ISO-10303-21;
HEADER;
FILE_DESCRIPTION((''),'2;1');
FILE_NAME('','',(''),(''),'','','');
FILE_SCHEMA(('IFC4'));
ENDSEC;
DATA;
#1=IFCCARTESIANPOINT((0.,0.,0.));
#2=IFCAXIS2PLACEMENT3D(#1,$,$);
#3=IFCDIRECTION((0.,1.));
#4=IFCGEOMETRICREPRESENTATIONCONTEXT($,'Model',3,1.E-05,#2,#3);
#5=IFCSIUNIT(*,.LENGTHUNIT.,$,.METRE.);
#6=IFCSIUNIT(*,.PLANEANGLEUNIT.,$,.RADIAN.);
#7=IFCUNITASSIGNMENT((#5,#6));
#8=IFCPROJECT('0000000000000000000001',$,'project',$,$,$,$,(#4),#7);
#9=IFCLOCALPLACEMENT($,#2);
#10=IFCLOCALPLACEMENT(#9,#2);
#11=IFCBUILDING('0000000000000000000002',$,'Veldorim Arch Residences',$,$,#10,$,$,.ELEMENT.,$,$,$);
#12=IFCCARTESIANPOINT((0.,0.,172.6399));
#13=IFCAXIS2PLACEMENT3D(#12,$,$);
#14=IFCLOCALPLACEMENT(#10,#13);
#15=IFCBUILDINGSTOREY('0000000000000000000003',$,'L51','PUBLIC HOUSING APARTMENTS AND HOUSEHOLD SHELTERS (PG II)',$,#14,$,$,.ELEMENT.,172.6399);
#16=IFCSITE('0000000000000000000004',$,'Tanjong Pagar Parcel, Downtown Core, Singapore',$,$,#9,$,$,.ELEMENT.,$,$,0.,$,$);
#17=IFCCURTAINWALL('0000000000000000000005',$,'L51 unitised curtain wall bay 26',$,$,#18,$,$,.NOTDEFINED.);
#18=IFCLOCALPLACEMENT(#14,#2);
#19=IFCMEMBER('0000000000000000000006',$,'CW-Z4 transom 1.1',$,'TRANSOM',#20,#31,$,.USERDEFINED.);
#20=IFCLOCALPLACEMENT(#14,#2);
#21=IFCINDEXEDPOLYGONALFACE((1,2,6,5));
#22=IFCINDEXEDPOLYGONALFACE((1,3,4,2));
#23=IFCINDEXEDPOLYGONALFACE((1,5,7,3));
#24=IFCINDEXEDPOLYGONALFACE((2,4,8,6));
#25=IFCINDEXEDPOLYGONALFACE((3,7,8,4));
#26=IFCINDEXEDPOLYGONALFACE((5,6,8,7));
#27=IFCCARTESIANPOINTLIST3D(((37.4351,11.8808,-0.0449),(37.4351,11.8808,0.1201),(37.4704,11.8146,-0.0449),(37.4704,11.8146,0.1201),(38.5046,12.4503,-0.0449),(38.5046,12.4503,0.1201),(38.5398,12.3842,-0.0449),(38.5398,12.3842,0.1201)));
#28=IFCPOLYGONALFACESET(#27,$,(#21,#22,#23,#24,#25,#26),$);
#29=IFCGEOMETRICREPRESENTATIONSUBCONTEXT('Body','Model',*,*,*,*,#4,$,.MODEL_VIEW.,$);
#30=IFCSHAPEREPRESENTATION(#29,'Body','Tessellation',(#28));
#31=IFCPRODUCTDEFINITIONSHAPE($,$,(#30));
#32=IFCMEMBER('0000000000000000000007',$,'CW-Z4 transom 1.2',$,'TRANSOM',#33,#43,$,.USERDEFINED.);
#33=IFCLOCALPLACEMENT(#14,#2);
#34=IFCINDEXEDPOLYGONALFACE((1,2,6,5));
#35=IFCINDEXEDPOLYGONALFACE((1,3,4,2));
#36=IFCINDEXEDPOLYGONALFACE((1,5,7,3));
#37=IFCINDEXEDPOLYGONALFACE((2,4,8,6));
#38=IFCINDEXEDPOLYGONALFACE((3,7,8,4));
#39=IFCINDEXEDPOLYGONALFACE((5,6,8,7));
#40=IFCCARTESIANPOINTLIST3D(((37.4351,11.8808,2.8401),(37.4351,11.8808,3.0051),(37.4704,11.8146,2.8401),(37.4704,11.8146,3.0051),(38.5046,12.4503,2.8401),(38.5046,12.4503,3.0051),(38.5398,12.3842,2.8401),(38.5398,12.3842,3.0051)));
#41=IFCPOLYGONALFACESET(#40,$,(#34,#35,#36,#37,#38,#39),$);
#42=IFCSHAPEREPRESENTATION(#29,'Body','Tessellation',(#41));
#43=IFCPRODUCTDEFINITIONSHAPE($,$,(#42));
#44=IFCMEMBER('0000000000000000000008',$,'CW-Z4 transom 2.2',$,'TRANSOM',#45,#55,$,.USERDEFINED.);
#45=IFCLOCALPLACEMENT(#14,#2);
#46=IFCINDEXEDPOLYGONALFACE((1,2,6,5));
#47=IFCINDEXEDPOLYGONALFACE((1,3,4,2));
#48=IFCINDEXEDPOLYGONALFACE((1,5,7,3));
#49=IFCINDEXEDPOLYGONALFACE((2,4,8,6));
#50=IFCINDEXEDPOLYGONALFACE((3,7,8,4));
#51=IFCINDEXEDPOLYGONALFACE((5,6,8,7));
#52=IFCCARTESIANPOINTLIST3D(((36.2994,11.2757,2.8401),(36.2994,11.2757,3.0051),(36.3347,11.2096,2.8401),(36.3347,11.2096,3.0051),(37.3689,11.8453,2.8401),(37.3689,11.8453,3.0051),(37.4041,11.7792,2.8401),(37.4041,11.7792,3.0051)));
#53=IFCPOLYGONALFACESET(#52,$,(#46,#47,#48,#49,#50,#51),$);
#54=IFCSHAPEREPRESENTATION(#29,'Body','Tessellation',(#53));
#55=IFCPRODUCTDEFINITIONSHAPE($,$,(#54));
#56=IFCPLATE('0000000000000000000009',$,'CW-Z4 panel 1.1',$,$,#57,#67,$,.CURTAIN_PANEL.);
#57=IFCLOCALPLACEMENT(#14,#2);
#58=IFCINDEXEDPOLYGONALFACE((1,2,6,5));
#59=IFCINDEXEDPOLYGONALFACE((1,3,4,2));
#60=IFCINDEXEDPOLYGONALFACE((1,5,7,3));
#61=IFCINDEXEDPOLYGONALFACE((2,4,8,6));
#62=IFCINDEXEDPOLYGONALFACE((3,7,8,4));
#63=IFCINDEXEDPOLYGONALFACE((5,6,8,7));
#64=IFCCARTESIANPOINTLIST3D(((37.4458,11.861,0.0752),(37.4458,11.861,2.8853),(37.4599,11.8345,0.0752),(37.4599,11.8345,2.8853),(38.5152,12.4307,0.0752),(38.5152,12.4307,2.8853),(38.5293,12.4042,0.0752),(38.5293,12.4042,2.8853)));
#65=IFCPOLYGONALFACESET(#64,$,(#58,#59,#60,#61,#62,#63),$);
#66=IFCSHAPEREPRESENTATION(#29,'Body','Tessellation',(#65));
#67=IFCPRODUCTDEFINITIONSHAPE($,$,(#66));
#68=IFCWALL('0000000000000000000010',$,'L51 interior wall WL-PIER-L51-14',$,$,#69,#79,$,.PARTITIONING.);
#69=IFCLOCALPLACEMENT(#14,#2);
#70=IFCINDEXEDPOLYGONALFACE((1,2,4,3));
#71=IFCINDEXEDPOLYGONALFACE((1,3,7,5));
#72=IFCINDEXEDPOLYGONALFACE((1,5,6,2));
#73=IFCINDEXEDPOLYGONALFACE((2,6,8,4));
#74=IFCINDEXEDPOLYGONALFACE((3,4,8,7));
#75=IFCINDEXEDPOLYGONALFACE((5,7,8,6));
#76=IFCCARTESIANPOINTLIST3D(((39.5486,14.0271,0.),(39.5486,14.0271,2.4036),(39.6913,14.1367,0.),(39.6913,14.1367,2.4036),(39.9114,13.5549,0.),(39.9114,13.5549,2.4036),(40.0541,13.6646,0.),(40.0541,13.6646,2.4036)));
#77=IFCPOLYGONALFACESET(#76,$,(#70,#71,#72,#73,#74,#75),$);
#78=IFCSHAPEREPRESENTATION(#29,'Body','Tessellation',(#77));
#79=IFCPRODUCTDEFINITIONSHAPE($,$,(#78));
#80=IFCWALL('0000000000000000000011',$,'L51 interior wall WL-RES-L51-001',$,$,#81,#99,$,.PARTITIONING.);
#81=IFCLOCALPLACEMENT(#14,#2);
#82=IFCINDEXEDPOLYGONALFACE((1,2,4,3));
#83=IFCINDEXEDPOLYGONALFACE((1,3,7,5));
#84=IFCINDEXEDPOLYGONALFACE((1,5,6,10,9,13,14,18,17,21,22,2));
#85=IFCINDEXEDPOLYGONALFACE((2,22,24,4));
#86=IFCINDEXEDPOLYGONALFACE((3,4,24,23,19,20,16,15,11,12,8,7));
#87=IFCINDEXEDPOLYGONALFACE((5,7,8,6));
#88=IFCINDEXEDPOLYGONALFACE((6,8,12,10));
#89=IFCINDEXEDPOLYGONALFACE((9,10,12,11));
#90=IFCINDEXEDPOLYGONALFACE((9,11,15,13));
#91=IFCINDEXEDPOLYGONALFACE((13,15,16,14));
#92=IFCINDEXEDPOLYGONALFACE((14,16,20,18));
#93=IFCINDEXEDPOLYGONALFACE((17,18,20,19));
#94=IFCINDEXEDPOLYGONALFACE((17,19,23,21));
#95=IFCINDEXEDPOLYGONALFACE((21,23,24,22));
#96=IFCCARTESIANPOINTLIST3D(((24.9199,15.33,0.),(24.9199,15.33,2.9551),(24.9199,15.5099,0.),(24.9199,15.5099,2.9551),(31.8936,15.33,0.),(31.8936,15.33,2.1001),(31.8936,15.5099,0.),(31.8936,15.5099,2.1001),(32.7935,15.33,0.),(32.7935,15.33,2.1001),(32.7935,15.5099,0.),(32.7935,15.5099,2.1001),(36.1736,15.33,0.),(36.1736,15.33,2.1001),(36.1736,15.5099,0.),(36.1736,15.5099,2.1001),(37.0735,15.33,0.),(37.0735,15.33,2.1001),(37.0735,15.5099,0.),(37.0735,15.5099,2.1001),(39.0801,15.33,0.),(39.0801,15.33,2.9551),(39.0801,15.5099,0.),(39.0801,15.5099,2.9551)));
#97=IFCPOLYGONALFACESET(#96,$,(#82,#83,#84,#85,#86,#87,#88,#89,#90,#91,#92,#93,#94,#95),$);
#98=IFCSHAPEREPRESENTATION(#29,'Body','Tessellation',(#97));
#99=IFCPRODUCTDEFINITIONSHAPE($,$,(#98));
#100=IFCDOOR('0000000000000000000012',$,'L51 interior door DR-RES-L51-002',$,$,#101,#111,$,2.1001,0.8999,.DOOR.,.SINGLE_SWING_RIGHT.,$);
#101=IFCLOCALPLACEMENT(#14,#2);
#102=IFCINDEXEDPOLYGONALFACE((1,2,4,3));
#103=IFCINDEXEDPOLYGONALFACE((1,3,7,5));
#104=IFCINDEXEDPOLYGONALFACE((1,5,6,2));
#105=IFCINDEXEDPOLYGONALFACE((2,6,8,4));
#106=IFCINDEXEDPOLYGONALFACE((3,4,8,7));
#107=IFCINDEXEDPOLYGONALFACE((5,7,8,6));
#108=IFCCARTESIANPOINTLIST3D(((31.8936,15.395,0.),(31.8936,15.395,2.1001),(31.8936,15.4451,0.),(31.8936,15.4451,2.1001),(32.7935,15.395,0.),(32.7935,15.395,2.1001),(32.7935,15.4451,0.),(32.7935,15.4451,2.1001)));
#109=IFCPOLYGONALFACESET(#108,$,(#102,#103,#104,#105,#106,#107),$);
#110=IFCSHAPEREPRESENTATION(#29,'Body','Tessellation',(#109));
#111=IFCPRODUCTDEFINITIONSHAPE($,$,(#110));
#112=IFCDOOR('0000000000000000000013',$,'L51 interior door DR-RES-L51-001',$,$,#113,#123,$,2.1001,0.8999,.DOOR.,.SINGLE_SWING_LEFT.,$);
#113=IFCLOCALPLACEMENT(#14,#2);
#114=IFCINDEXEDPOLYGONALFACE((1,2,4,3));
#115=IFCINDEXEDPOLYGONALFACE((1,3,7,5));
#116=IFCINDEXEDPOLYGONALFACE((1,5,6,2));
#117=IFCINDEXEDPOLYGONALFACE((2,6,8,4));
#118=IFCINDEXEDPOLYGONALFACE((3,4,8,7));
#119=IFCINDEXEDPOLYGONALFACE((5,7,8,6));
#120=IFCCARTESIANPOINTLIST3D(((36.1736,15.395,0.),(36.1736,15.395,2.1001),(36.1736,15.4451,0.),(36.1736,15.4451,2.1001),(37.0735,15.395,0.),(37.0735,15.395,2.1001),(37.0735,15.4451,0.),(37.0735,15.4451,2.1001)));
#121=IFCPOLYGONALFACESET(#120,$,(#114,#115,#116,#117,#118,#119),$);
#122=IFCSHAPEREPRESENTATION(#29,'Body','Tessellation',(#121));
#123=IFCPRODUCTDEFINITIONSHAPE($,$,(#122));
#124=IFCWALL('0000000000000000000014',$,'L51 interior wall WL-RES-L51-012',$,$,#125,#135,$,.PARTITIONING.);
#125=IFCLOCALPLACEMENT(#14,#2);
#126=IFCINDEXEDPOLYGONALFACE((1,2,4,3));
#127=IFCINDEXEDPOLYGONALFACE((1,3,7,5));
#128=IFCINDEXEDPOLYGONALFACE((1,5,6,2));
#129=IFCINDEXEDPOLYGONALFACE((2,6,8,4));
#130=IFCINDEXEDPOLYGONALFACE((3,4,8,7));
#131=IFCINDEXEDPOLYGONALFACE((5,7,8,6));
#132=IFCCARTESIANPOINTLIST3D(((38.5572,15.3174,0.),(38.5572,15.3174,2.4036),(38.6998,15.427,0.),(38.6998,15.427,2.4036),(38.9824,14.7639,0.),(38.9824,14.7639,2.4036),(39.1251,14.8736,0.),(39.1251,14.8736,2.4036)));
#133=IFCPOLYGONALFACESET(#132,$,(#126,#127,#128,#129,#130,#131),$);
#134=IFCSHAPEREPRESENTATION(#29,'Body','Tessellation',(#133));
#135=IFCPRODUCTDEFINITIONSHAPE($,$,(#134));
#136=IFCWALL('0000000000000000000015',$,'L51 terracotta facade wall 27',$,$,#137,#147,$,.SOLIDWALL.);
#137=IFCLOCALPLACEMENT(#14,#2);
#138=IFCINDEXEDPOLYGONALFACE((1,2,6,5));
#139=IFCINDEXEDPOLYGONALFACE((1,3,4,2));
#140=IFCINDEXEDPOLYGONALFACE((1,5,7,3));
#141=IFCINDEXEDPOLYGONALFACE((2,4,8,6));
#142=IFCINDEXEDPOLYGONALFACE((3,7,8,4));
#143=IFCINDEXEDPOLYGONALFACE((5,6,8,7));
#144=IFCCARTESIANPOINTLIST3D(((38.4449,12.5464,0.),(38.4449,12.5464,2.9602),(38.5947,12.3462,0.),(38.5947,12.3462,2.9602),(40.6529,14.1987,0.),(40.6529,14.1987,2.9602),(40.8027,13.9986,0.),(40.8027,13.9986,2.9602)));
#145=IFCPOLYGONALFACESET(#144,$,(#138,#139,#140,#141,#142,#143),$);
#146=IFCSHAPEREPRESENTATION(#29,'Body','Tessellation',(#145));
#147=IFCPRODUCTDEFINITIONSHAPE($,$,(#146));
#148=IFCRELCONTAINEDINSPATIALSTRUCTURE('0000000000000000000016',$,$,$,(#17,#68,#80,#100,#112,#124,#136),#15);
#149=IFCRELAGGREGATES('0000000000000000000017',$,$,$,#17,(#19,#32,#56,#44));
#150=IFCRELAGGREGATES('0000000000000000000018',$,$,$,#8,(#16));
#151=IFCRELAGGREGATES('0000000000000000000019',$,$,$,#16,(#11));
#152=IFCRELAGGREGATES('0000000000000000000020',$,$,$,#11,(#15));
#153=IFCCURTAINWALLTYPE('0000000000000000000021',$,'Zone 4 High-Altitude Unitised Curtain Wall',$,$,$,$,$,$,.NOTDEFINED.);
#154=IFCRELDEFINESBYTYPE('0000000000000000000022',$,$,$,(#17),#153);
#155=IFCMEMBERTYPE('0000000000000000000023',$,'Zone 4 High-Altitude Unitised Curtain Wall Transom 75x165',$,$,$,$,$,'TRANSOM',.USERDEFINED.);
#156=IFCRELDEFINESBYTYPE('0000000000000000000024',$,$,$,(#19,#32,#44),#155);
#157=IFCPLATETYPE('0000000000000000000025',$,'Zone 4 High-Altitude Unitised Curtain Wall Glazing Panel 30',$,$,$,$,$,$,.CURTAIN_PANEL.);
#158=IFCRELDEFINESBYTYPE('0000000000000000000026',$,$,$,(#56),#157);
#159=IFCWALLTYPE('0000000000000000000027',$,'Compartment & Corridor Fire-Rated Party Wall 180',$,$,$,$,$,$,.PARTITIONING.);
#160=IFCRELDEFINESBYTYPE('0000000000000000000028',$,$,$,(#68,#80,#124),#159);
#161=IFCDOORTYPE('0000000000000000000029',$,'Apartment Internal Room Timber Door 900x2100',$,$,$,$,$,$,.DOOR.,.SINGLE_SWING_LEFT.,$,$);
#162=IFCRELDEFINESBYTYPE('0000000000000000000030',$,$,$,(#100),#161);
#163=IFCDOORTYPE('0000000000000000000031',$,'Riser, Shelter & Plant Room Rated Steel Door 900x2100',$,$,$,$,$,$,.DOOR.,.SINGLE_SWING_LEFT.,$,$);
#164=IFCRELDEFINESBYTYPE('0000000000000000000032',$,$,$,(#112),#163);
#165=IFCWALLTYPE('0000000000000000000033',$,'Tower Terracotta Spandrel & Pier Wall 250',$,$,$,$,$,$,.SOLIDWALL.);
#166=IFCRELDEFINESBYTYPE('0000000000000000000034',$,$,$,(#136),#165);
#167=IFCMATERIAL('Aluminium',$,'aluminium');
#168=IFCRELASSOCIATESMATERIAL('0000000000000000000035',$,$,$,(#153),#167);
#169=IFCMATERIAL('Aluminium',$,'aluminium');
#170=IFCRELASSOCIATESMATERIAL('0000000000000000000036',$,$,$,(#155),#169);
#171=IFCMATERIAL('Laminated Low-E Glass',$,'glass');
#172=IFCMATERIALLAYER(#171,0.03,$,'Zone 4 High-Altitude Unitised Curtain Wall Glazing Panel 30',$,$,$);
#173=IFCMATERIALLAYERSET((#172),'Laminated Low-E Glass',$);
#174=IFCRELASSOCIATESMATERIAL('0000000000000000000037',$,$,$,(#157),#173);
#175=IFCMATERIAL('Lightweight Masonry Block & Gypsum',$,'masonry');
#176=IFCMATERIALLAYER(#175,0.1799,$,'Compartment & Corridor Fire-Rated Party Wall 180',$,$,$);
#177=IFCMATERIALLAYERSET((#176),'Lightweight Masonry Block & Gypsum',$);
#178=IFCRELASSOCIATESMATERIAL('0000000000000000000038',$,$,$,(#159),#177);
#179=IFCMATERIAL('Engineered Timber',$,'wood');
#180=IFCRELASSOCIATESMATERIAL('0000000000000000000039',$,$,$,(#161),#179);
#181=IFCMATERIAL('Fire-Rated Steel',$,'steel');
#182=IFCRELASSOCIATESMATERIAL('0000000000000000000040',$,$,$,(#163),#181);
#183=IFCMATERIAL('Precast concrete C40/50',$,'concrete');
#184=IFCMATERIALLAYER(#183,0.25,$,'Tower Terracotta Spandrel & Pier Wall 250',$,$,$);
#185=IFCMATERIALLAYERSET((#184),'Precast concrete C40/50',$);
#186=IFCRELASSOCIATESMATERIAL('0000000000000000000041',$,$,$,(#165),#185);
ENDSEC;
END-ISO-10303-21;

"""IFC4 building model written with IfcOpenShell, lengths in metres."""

from ifc_helpers import new_model, si_unit, direction, frame, frame_2d, origin, origin_2d, place, context, subcontext, project, spatial, rectangle, extrude, material, layer, layer_set, material_profile, profile_set, type_object, element, fill, aggregate, save


model = new_model("IFC4")

# Units and contexts
model_context = context("Model", 3, precision=1e-05, world=origin(), true_north=direction((0.0, 1.0)))
body_context = subcontext(model_context, "Body", "Model", "MODEL_VIEW")
ifc_project = project(units=[si_unit("LENGTHUNIT", "METRE"), si_unit("PLANEANGLEUNIT", "RADIAN")], contexts=[model_context])

# Site, building, storey
site_placement = place(None, origin())
site = spatial("IfcSite", under=ifc_project, at=site_placement, Name="Tanjong Pagar Parcel, Downtown Core, Singapore", CompositionType="ELEMENT", RefElevation=0.0)
building_placement = place(site_placement, origin())
building = spatial("IfcBuilding", under=site, at=building_placement, Name="Veldorim Arch Residences", CompositionType="ELEMENT")
storey_placement = place(building_placement, frame((0.0, 0.0, 172.6399)))
storey = spatial("IfcBuildingStorey", under=building, at=storey_placement, Name="L51", Description="PUBLIC HOUSING APARTMENTS AND HOUSEHOLD SHELTERS (PG II)", CompositionType="ELEMENT", Elevation=172.6399)

# Curtain wall, members, plate
ifc_material_1 = material(Name="Aluminium", Category="aluminium")
curtain_wall_type = type_object("IfcCurtainWallType", Name="Zone 4 High-Altitude Unitised Curtain Wall", PredefinedType="NOTDEFINED", material=ifc_material_1)
curtain_wall_placement = place(storey_placement, origin())
curtain_wall = element("IfcCurtainWall", 1, at=curtain_wall_placement, inside=storey, type_object=curtain_wall_type, Name="L51 unitised curtain wall bay 26", PredefinedType="NOTDEFINED")
ifc_material_2 = material(Name="Aluminium", Category="aluminium")
ifc_material_profile_1 = material_profile(ifc_material_2, rectangle(XDim=0.075, YDim=0.165, at=origin_2d()), Name="ALU_TRN_75x165")
ifc_profile_set_1 = profile_set([ifc_material_profile_1], Name="Aluminium")
member_type_1 = type_object("IfcMemberType", Name="Zone 4 High-Altitude Unitised Curtain Wall Transom 75x165", ElementType="TRANSOM", PredefinedType="USERDEFINED", material=ifc_profile_set_1)
member_1_placement = place(storey_placement, frame((38.5222, 12.4172, 0.0376), z_axis=(-0.882648, -0.470034, 0.0), x_axis=(0.470034, -0.882648, 0.0)))
member_1 = element("IfcMember", 2, at=member_1_placement, type_object=member_type_1, Name="CW-Z4 transom 1.1", ObjectType="TRANSOM", PredefinedType="USERDEFINED", context=body_context, shape_type="SweptSolid", body=[
    extrude(rectangle(XDim=0.075, YDim=0.165, at=origin_2d()), origin(), (0.0, 0.0, 1.0), 1.2117),
])
member_2_placement = place(storey_placement, frame((38.5222, 12.4172, 2.9226), z_axis=(-0.882648, -0.470034, 0.0), x_axis=(0.470034, -0.882648, 0.0)))
member_2 = element("IfcMember", 3, at=member_2_placement, type_object=member_type_1, Name="CW-Z4 transom 1.2", ObjectType="TRANSOM", PredefinedType="USERDEFINED", context=body_context, shape_type="SweptSolid", body=[
    extrude(rectangle(XDim=0.075, YDim=0.165, at=origin_2d()), origin(), (0.0, 0.0, 1.0), 1.2117),
])
member_3_placement = place(storey_placement, frame((37.3865, 11.8123, 2.9226), z_axis=(-0.882604, -0.470118, 0.0), x_axis=(0.470118, -0.882604, 0.0)))
member_3 = element("IfcMember", 4, at=member_3_placement, type_object=member_type_1, Name="CW-Z4 transom 2.2", ObjectType="TRANSOM", PredefinedType="USERDEFINED", context=body_context, shape_type="SweptSolid", body=[
    extrude(rectangle(XDim=0.075, YDim=0.165, at=origin_2d()), origin(), (0.0, 0.0, 1.0), 1.2117),
])
ifc_material_3 = material(Name="Laminated Low-E Glass", Category="glass")
ifc_layer_1 = layer(ifc_material_3, 0.03, Name="Zone 4 High-Altitude Unitised Curtain Wall Glazing Panel 30")
ifc_layer_set_1 = layer_set([ifc_layer_1], Name="Laminated Low-E Glass")
plate_type = type_object("IfcPlateType", Name="Zone 4 High-Altitude Unitised Curtain Wall Glazing Panel 30", PredefinedType="CURTAIN_PANEL", material=ifc_layer_set_1)
plate_placement = place(storey_placement, frame((37.9875, 12.1326, 0.0752), z_axis=(0.0, 0.0, 1.0), x_axis=(-0.882567, -0.470186, 0.0)))
plate = element("IfcPlate", 5, at=plate_placement, type_object=plate_type, Name="CW-Z4 panel 1.1", PredefinedType="CURTAIN_PANEL", context=body_context, shape_type="SweptSolid", body=[
    extrude(rectangle(XDim=1.2117, YDim=0.03, at=origin_2d()), origin(), (0.0, 0.0, 1.0), 2.8101),
])
aggregate(curtain_wall, [member_1, member_2, plate, member_3])

# Wall
ifc_material_4 = material(Name="Lightweight Masonry Block & Gypsum", Category="masonry")
ifc_layer_2 = layer(ifc_material_4, 0.1799, Name="Compartment & Corridor Fire-Rated Party Wall 180")
ifc_layer_set_2 = layer_set([ifc_layer_2], Name="Lightweight Masonry Block & Gypsum")
wall_type_1 = type_object("IfcWallType", Name="Compartment & Corridor Fire-Rated Party Wall 180", PredefinedType="PARTITIONING", material=ifc_layer_set_2)
wall_1_placement = place(storey_placement, frame((39.6199, 14.082, 0.0), z_axis=(0.0, 0.0, 1.0), x_axis=(0.609275, -0.792959, 0.0)))
element("IfcWall", 6, at=wall_1_placement, inside=storey, type_object=wall_type_1, Name="L51 interior wall WL-PIER-L51-14", PredefinedType="PARTITIONING", context=body_context, shape_type="SweptSolid", body=[
    extrude(rectangle(XDim=0.5955, YDim=0.1799, at=frame_2d((0.2979, 0.0))), origin(), (0.0, 0.0, 1.0), 2.4036),
])

# Wall, openings, doors
wall_2_placement = place(storey_placement, frame((39.0801, 15.4199, 0.0), z_axis=(0.0, 0.0, 1.0), x_axis=(-1.0, 0.0, 0.0)))
wall_2 = element("IfcWall", 7, at=wall_2_placement, inside=storey, type_object=wall_type_1, Name="L51 interior wall WL-RES-L51-001", PredefinedType="PARTITIONING", context=body_context, shape_type="SweptSolid", body=[
    extrude(rectangle(XDim=14.1602, YDim=0.1799, at=frame_2d((7.0801, 0.0))), origin(), (0.0, 0.0, 1.0), 2.9551),
])
opening_1_placement = place(wall_2_placement, frame((2.0066, 0.0, 0.0)))
opening_1 = element("IfcOpeningElement", 8, at=opening_1_placement, cuts=wall_2, PredefinedType="OPENING", context=body_context, shape_type="SweptSolid", body=[
    extrude(rectangle(XDim=0.8999, YDim=2.1001, at=frame_2d((0.45, 1.05))), frame((0.0, 0.0999, 0.0), z_axis=(0.0, -1.0, 0.0), x_axis=(1.0, 0.0, 0.0)), (0.0, 0.0, 1.0), 0.2),
])
opening_2_placement = place(wall_2_placement, frame((6.2866, 0.0, 0.0)))
opening_2 = element("IfcOpeningElement", 9, at=opening_2_placement, cuts=wall_2, PredefinedType="OPENING", context=body_context, shape_type="SweptSolid", body=[
    extrude(rectangle(XDim=0.8999, YDim=2.1001, at=frame_2d((0.45, 1.05))), frame((0.0, 0.0999, 0.0), z_axis=(0.0, -1.0, 0.0), x_axis=(1.0, 0.0, 0.0)), (0.0, 0.0, 1.0), 0.2),
])
ifc_material_5 = material(Name="Engineered Timber", Category="wood")
door_type_1 = type_object("IfcDoorType", Name="Apartment Internal Room Timber Door 900x2100", OperationType="SINGLE_SWING_LEFT", PredefinedType="DOOR", material=ifc_material_5)
door_1_placement = place(opening_2_placement, origin())
door_1 = element("IfcDoor", 10, at=door_1_placement, inside=storey, type_object=door_type_1, Name="L51 interior door DR-RES-L51-002", OperationType="SINGLE_SWING_RIGHT", OverallHeight=2.1001, OverallWidth=0.8999, PredefinedType="DOOR", context=body_context, shape_type="SweptSolid", body=[
    extrude(rectangle(XDim=0.8999, YDim=2.1001, at=frame_2d((0.45, 1.05))), frame((0.0, 0.0249, 0.0), z_axis=(0.0, -1.0, 0.0), x_axis=(1.0, 0.0, 0.0)), (0.0, 0.0, 1.0), 0.05),
])
fill(opening_2, door_1)
ifc_material_6 = material(Name="Fire-Rated Steel", Category="steel")
door_type_2 = type_object("IfcDoorType", Name="Riser, Shelter & Plant Room Rated Steel Door 900x2100", OperationType="SINGLE_SWING_LEFT", PredefinedType="DOOR", material=ifc_material_6)
door_2_placement = place(opening_1_placement, origin())
door_2 = element("IfcDoor", 11, at=door_2_placement, inside=storey, type_object=door_type_2, Name="L51 interior door DR-RES-L51-001", OperationType="SINGLE_SWING_LEFT", OverallHeight=2.1001, OverallWidth=0.8999, PredefinedType="DOOR", context=body_context, shape_type="SweptSolid", body=[
    extrude(rectangle(XDim=0.8999, YDim=2.1001, at=frame_2d((0.45, 1.05))), frame((0.0, 0.0249, 0.0), z_axis=(0.0, -1.0, 0.0), x_axis=(1.0, 0.0, 0.0)), (0.0, 0.0, 1.0), 0.05),
])
fill(opening_1, door_2)

# Walls
wall_3_placement = place(storey_placement, frame((38.6284, 15.3723, 0.0), z_axis=(0.0, 0.0, 1.0), x_axis=(0.609305, -0.792936, 0.0)))
element("IfcWall", 12, at=wall_3_placement, inside=storey, type_object=wall_type_1, Name="L51 interior wall WL-RES-L51-012", PredefinedType="PARTITIONING", context=body_context, shape_type="SweptSolid", body=[
    extrude(rectangle(XDim=0.698, YDim=0.1799, at=frame_2d((0.3491, 0.0))), origin(), (0.0, 0.0, 1.0), 2.4036),
])
ifc_material_7 = material(Name="Precast concrete C40/50", Category="concrete")
ifc_layer_3 = layer(ifc_material_7, 0.25, Name="Tower Terracotta Spandrel & Pier Wall 250")
ifc_layer_set_3 = layer_set([ifc_layer_3], Name="Precast concrete C40/50")
wall_type_2 = type_object("IfcWallType", Name="Tower Terracotta Spandrel & Pier Wall 250", PredefinedType="SOLIDWALL", material=ifc_layer_set_3)
wall_4_placement = place(storey_placement, frame((40.7278, 14.0986, 0.0), z_axis=(0.0, 0.0, 1.0), x_axis=(-0.800637, -0.59915, 0.0)))
element("IfcWall", 13, at=wall_4_placement, inside=storey, type_object=wall_type_2, Name="L51 terracotta facade wall 27", PredefinedType="SOLIDWALL", context=body_context, shape_type="SweptSolid", body=[
    extrude(rectangle(XDim=2.7578, YDim=0.25, at=frame_2d((1.3789, 0.0))), origin(), (0.0, 0.0, 1.0), 2.9602),
])

save(model, "model.ifc")
